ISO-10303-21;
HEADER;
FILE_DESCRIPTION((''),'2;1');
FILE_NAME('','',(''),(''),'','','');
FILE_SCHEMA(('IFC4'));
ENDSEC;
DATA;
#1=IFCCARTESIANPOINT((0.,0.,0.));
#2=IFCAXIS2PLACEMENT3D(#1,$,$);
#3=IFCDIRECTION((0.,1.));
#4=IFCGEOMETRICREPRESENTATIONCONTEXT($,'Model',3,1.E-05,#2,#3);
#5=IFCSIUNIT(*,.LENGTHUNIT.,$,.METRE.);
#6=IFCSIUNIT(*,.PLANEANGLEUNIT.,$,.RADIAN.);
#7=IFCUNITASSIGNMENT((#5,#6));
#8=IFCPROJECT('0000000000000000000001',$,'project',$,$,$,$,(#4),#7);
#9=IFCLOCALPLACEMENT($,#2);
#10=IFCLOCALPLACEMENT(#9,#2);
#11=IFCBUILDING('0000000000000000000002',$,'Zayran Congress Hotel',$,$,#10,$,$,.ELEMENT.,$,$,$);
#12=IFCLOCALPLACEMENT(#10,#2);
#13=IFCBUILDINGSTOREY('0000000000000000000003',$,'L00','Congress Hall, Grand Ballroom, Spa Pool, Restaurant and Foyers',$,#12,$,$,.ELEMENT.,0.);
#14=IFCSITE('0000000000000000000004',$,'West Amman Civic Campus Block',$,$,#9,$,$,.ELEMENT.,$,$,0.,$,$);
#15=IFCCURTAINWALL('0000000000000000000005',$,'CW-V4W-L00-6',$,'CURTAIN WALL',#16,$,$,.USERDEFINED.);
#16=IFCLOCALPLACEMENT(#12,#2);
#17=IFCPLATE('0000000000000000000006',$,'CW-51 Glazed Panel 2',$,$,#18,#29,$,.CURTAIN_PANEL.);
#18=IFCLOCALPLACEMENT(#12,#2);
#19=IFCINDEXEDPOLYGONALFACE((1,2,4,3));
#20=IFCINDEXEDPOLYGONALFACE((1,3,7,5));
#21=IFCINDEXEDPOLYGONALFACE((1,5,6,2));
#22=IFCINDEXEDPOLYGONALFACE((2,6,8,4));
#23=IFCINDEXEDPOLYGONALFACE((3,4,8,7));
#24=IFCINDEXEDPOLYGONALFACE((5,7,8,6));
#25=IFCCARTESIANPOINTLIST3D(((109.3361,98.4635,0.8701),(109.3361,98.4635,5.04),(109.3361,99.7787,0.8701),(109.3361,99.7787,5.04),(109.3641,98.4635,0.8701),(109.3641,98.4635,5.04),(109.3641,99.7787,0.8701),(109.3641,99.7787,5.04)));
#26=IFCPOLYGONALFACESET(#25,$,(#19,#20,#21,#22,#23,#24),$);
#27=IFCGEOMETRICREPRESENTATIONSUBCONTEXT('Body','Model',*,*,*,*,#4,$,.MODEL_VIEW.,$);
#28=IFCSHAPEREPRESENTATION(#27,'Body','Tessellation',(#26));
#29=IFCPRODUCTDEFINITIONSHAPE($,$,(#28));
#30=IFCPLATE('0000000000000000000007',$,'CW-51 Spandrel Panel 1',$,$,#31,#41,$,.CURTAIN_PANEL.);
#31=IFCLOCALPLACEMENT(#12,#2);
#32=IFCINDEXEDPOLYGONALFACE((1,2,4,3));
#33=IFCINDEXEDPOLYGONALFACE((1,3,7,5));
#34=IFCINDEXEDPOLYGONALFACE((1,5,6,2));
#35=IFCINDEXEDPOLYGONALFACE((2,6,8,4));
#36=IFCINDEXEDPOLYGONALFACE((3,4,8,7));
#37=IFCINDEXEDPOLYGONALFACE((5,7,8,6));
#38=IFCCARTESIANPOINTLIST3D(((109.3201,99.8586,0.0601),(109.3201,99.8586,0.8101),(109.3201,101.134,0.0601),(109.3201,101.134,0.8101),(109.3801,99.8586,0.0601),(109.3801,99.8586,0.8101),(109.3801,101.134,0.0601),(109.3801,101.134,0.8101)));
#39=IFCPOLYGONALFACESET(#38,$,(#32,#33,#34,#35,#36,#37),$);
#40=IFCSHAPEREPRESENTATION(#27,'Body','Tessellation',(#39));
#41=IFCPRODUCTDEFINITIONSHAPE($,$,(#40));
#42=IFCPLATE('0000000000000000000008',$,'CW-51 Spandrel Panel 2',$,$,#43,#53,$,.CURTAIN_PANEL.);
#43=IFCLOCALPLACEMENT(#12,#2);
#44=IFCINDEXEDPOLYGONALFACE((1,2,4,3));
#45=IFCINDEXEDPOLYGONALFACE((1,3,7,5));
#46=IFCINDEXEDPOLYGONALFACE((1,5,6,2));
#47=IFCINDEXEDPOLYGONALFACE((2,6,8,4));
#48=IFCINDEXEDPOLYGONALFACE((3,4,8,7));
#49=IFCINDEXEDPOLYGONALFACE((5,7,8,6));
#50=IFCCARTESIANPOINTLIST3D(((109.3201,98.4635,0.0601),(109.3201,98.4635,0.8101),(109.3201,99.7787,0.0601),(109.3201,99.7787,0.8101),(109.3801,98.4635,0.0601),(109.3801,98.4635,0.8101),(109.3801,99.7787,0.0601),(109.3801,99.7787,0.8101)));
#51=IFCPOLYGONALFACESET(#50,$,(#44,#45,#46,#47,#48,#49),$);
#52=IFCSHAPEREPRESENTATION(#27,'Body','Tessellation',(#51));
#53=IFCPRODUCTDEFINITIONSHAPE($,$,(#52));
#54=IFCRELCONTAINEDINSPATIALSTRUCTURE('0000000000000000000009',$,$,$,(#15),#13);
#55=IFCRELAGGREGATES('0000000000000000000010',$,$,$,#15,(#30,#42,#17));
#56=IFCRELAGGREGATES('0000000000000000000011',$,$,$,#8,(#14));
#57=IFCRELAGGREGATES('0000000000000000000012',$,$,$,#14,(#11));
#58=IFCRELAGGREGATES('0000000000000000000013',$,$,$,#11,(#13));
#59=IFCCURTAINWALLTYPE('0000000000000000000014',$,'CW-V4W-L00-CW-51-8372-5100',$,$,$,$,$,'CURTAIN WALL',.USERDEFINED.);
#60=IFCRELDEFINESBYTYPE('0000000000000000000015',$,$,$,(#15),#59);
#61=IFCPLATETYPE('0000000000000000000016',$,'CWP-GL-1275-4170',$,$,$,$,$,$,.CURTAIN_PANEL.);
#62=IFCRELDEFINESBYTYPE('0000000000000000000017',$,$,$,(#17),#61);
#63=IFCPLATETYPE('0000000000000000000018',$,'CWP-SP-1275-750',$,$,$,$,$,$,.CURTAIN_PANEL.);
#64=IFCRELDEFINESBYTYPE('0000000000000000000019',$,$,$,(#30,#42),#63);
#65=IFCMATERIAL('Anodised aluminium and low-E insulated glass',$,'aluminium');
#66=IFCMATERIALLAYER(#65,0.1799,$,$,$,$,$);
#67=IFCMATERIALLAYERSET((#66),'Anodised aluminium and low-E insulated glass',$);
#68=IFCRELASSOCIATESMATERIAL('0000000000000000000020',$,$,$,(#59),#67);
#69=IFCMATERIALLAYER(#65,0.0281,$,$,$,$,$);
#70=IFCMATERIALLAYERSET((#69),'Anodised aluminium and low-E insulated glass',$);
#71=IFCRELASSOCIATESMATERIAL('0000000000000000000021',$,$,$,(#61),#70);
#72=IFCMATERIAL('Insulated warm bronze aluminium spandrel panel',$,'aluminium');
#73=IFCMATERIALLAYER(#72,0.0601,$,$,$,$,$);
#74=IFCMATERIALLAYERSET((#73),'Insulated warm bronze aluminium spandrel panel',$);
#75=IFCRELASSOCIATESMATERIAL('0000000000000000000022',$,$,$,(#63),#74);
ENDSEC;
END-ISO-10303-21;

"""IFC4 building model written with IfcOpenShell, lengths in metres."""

from ifc_helpers import new_model, si_unit, direction, frame, origin, origin_2d, place, context, subcontext, project, spatial, rectangle, extrude, material, layer, layer_set, type_object, element, aggregate, save


model = new_model("IFC4")

# Units and contexts
model_context = context("Model", 3, precision=1e-05, world=origin(), true_north=direction((0.0, 1.0)))
body_context = subcontext(model_context, "Body", "Model", "MODEL_VIEW")
ifc_project = project(units=[si_unit("LENGTHUNIT", "METRE"), si_unit("PLANEANGLEUNIT", "RADIAN")], contexts=[model_context])

# Site, building, storey
site_placement = place(None, origin())
site = spatial("IfcSite", under=ifc_project, at=site_placement, Name="West Amman Civic Campus Block", CompositionType="ELEMENT", RefElevation=0.0)
building_placement = place(site_placement, origin())
building = spatial("IfcBuilding", under=site, at=building_placement, Name="Zayran Congress Hotel", CompositionType="ELEMENT")
storey_placement = place(building_placement, origin())
storey = spatial("IfcBuildingStorey", under=building, at=storey_placement, Name="L00", Description="Congress Hall, Grand Ballroom, Spa Pool, Restaurant and Foyers", CompositionType="ELEMENT", Elevation=0.0)

# Curtain wall
ifc_material_1 = material(Name="Anodised aluminium and low-E insulated glass", Category="aluminium")
ifc_layer_1 = layer(ifc_material_1, 0.1799)
ifc_layer_set_1 = layer_set([ifc_layer_1], Name="Anodised aluminium and low-E insulated glass")
curtain_wall_type_1 = type_object("IfcCurtainWallType", Name="CW-V4W-L00-CW-51-8372-5100", ElementType="CURTAIN WALL", PredefinedType="USERDEFINED", material=ifc_layer_set_1)
curtain_wall_1_placement = place(storey_placement, origin())
curtain_wall_1 = element("IfcCurtainWall", 1, at=curtain_wall_1_placement, inside=storey, type_object=curtain_wall_type_1, Name="CW-V4W-L00-6", ObjectType="CURTAIN WALL", PredefinedType="USERDEFINED")

# Plates
ifc_layer_2 = layer(ifc_material_1, 0.0281)
ifc_layer_set_2 = layer_set([ifc_layer_2], Name="Anodised aluminium and low-E insulated glass")
plate_type_1 = type_object("IfcPlateType", Name="CWP-GL-1275-4170", PredefinedType="CURTAIN_PANEL", material=ifc_layer_set_2)
plate_1_placement = place(storey_placement, frame((109.3501, 99.1211, 0.8701), z_axis=(0.0, 0.0, 1.0), x_axis=(0.0, 1.0, 0.0)))
plate_1 = element("IfcPlate", 2, at=plate_1_placement, type_object=plate_type_1, Name="CW-51 Glazed Panel 2", PredefinedType="CURTAIN_PANEL", context=body_context, shape_type="SweptSolid", body=[
    extrude(rectangle(XDim=1.3152, YDim=0.0281, at=origin_2d()), origin(), (0.0, 0.0, 1.0), 4.1699),
])
ifc_material_2 = material(Name="Insulated warm bronze aluminium spandrel panel", Category="aluminium")
ifc_layer_3 = layer(ifc_material_2, 0.0601)
ifc_layer_set_3 = layer_set([ifc_layer_3], Name="Insulated warm bronze aluminium spandrel panel")
plate_type_2 = type_object("IfcPlateType", Name="CWP-SP-1275-750", PredefinedType="CURTAIN_PANEL", material=ifc_layer_set_3)
plate_2_placement = place(storey_placement, frame((109.3501, 100.4963, 0.0601), z_axis=(0.0, 0.0, 1.0), x_axis=(0.0, 1.0, 0.0)))
plate_2 = element("IfcPlate", 3, at=plate_2_placement, type_object=plate_type_2, Name="CW-51 Spandrel Panel 1", PredefinedType="CURTAIN_PANEL", context=body_context, shape_type="SweptSolid", body=[
    extrude(rectangle(XDim=1.2754, YDim=0.0601, at=origin_2d()), origin(), (0.0, 0.0, 1.0), 0.75),
])
plate_3_placement = place(storey_placement, frame((109.3501, 99.1211, 0.0601), z_axis=(0.0, 0.0, 1.0), x_axis=(0.0, 1.0, 0.0)))
plate_3 = element("IfcPlate", 4, at=plate_3_placement, type_object=plate_type_2, Name="CW-51 Spandrel Panel 2", PredefinedType="CURTAIN_PANEL", context=body_context, shape_type="SweptSolid", body=[
    extrude(rectangle(XDim=1.3152, YDim=0.0601, at=origin_2d()), origin(), (0.0, 0.0, 1.0), 0.75),
])
aggregate(curtain_wall_1, [plate_2, plate_3, plate_1])

save(model, "model.ifc")
